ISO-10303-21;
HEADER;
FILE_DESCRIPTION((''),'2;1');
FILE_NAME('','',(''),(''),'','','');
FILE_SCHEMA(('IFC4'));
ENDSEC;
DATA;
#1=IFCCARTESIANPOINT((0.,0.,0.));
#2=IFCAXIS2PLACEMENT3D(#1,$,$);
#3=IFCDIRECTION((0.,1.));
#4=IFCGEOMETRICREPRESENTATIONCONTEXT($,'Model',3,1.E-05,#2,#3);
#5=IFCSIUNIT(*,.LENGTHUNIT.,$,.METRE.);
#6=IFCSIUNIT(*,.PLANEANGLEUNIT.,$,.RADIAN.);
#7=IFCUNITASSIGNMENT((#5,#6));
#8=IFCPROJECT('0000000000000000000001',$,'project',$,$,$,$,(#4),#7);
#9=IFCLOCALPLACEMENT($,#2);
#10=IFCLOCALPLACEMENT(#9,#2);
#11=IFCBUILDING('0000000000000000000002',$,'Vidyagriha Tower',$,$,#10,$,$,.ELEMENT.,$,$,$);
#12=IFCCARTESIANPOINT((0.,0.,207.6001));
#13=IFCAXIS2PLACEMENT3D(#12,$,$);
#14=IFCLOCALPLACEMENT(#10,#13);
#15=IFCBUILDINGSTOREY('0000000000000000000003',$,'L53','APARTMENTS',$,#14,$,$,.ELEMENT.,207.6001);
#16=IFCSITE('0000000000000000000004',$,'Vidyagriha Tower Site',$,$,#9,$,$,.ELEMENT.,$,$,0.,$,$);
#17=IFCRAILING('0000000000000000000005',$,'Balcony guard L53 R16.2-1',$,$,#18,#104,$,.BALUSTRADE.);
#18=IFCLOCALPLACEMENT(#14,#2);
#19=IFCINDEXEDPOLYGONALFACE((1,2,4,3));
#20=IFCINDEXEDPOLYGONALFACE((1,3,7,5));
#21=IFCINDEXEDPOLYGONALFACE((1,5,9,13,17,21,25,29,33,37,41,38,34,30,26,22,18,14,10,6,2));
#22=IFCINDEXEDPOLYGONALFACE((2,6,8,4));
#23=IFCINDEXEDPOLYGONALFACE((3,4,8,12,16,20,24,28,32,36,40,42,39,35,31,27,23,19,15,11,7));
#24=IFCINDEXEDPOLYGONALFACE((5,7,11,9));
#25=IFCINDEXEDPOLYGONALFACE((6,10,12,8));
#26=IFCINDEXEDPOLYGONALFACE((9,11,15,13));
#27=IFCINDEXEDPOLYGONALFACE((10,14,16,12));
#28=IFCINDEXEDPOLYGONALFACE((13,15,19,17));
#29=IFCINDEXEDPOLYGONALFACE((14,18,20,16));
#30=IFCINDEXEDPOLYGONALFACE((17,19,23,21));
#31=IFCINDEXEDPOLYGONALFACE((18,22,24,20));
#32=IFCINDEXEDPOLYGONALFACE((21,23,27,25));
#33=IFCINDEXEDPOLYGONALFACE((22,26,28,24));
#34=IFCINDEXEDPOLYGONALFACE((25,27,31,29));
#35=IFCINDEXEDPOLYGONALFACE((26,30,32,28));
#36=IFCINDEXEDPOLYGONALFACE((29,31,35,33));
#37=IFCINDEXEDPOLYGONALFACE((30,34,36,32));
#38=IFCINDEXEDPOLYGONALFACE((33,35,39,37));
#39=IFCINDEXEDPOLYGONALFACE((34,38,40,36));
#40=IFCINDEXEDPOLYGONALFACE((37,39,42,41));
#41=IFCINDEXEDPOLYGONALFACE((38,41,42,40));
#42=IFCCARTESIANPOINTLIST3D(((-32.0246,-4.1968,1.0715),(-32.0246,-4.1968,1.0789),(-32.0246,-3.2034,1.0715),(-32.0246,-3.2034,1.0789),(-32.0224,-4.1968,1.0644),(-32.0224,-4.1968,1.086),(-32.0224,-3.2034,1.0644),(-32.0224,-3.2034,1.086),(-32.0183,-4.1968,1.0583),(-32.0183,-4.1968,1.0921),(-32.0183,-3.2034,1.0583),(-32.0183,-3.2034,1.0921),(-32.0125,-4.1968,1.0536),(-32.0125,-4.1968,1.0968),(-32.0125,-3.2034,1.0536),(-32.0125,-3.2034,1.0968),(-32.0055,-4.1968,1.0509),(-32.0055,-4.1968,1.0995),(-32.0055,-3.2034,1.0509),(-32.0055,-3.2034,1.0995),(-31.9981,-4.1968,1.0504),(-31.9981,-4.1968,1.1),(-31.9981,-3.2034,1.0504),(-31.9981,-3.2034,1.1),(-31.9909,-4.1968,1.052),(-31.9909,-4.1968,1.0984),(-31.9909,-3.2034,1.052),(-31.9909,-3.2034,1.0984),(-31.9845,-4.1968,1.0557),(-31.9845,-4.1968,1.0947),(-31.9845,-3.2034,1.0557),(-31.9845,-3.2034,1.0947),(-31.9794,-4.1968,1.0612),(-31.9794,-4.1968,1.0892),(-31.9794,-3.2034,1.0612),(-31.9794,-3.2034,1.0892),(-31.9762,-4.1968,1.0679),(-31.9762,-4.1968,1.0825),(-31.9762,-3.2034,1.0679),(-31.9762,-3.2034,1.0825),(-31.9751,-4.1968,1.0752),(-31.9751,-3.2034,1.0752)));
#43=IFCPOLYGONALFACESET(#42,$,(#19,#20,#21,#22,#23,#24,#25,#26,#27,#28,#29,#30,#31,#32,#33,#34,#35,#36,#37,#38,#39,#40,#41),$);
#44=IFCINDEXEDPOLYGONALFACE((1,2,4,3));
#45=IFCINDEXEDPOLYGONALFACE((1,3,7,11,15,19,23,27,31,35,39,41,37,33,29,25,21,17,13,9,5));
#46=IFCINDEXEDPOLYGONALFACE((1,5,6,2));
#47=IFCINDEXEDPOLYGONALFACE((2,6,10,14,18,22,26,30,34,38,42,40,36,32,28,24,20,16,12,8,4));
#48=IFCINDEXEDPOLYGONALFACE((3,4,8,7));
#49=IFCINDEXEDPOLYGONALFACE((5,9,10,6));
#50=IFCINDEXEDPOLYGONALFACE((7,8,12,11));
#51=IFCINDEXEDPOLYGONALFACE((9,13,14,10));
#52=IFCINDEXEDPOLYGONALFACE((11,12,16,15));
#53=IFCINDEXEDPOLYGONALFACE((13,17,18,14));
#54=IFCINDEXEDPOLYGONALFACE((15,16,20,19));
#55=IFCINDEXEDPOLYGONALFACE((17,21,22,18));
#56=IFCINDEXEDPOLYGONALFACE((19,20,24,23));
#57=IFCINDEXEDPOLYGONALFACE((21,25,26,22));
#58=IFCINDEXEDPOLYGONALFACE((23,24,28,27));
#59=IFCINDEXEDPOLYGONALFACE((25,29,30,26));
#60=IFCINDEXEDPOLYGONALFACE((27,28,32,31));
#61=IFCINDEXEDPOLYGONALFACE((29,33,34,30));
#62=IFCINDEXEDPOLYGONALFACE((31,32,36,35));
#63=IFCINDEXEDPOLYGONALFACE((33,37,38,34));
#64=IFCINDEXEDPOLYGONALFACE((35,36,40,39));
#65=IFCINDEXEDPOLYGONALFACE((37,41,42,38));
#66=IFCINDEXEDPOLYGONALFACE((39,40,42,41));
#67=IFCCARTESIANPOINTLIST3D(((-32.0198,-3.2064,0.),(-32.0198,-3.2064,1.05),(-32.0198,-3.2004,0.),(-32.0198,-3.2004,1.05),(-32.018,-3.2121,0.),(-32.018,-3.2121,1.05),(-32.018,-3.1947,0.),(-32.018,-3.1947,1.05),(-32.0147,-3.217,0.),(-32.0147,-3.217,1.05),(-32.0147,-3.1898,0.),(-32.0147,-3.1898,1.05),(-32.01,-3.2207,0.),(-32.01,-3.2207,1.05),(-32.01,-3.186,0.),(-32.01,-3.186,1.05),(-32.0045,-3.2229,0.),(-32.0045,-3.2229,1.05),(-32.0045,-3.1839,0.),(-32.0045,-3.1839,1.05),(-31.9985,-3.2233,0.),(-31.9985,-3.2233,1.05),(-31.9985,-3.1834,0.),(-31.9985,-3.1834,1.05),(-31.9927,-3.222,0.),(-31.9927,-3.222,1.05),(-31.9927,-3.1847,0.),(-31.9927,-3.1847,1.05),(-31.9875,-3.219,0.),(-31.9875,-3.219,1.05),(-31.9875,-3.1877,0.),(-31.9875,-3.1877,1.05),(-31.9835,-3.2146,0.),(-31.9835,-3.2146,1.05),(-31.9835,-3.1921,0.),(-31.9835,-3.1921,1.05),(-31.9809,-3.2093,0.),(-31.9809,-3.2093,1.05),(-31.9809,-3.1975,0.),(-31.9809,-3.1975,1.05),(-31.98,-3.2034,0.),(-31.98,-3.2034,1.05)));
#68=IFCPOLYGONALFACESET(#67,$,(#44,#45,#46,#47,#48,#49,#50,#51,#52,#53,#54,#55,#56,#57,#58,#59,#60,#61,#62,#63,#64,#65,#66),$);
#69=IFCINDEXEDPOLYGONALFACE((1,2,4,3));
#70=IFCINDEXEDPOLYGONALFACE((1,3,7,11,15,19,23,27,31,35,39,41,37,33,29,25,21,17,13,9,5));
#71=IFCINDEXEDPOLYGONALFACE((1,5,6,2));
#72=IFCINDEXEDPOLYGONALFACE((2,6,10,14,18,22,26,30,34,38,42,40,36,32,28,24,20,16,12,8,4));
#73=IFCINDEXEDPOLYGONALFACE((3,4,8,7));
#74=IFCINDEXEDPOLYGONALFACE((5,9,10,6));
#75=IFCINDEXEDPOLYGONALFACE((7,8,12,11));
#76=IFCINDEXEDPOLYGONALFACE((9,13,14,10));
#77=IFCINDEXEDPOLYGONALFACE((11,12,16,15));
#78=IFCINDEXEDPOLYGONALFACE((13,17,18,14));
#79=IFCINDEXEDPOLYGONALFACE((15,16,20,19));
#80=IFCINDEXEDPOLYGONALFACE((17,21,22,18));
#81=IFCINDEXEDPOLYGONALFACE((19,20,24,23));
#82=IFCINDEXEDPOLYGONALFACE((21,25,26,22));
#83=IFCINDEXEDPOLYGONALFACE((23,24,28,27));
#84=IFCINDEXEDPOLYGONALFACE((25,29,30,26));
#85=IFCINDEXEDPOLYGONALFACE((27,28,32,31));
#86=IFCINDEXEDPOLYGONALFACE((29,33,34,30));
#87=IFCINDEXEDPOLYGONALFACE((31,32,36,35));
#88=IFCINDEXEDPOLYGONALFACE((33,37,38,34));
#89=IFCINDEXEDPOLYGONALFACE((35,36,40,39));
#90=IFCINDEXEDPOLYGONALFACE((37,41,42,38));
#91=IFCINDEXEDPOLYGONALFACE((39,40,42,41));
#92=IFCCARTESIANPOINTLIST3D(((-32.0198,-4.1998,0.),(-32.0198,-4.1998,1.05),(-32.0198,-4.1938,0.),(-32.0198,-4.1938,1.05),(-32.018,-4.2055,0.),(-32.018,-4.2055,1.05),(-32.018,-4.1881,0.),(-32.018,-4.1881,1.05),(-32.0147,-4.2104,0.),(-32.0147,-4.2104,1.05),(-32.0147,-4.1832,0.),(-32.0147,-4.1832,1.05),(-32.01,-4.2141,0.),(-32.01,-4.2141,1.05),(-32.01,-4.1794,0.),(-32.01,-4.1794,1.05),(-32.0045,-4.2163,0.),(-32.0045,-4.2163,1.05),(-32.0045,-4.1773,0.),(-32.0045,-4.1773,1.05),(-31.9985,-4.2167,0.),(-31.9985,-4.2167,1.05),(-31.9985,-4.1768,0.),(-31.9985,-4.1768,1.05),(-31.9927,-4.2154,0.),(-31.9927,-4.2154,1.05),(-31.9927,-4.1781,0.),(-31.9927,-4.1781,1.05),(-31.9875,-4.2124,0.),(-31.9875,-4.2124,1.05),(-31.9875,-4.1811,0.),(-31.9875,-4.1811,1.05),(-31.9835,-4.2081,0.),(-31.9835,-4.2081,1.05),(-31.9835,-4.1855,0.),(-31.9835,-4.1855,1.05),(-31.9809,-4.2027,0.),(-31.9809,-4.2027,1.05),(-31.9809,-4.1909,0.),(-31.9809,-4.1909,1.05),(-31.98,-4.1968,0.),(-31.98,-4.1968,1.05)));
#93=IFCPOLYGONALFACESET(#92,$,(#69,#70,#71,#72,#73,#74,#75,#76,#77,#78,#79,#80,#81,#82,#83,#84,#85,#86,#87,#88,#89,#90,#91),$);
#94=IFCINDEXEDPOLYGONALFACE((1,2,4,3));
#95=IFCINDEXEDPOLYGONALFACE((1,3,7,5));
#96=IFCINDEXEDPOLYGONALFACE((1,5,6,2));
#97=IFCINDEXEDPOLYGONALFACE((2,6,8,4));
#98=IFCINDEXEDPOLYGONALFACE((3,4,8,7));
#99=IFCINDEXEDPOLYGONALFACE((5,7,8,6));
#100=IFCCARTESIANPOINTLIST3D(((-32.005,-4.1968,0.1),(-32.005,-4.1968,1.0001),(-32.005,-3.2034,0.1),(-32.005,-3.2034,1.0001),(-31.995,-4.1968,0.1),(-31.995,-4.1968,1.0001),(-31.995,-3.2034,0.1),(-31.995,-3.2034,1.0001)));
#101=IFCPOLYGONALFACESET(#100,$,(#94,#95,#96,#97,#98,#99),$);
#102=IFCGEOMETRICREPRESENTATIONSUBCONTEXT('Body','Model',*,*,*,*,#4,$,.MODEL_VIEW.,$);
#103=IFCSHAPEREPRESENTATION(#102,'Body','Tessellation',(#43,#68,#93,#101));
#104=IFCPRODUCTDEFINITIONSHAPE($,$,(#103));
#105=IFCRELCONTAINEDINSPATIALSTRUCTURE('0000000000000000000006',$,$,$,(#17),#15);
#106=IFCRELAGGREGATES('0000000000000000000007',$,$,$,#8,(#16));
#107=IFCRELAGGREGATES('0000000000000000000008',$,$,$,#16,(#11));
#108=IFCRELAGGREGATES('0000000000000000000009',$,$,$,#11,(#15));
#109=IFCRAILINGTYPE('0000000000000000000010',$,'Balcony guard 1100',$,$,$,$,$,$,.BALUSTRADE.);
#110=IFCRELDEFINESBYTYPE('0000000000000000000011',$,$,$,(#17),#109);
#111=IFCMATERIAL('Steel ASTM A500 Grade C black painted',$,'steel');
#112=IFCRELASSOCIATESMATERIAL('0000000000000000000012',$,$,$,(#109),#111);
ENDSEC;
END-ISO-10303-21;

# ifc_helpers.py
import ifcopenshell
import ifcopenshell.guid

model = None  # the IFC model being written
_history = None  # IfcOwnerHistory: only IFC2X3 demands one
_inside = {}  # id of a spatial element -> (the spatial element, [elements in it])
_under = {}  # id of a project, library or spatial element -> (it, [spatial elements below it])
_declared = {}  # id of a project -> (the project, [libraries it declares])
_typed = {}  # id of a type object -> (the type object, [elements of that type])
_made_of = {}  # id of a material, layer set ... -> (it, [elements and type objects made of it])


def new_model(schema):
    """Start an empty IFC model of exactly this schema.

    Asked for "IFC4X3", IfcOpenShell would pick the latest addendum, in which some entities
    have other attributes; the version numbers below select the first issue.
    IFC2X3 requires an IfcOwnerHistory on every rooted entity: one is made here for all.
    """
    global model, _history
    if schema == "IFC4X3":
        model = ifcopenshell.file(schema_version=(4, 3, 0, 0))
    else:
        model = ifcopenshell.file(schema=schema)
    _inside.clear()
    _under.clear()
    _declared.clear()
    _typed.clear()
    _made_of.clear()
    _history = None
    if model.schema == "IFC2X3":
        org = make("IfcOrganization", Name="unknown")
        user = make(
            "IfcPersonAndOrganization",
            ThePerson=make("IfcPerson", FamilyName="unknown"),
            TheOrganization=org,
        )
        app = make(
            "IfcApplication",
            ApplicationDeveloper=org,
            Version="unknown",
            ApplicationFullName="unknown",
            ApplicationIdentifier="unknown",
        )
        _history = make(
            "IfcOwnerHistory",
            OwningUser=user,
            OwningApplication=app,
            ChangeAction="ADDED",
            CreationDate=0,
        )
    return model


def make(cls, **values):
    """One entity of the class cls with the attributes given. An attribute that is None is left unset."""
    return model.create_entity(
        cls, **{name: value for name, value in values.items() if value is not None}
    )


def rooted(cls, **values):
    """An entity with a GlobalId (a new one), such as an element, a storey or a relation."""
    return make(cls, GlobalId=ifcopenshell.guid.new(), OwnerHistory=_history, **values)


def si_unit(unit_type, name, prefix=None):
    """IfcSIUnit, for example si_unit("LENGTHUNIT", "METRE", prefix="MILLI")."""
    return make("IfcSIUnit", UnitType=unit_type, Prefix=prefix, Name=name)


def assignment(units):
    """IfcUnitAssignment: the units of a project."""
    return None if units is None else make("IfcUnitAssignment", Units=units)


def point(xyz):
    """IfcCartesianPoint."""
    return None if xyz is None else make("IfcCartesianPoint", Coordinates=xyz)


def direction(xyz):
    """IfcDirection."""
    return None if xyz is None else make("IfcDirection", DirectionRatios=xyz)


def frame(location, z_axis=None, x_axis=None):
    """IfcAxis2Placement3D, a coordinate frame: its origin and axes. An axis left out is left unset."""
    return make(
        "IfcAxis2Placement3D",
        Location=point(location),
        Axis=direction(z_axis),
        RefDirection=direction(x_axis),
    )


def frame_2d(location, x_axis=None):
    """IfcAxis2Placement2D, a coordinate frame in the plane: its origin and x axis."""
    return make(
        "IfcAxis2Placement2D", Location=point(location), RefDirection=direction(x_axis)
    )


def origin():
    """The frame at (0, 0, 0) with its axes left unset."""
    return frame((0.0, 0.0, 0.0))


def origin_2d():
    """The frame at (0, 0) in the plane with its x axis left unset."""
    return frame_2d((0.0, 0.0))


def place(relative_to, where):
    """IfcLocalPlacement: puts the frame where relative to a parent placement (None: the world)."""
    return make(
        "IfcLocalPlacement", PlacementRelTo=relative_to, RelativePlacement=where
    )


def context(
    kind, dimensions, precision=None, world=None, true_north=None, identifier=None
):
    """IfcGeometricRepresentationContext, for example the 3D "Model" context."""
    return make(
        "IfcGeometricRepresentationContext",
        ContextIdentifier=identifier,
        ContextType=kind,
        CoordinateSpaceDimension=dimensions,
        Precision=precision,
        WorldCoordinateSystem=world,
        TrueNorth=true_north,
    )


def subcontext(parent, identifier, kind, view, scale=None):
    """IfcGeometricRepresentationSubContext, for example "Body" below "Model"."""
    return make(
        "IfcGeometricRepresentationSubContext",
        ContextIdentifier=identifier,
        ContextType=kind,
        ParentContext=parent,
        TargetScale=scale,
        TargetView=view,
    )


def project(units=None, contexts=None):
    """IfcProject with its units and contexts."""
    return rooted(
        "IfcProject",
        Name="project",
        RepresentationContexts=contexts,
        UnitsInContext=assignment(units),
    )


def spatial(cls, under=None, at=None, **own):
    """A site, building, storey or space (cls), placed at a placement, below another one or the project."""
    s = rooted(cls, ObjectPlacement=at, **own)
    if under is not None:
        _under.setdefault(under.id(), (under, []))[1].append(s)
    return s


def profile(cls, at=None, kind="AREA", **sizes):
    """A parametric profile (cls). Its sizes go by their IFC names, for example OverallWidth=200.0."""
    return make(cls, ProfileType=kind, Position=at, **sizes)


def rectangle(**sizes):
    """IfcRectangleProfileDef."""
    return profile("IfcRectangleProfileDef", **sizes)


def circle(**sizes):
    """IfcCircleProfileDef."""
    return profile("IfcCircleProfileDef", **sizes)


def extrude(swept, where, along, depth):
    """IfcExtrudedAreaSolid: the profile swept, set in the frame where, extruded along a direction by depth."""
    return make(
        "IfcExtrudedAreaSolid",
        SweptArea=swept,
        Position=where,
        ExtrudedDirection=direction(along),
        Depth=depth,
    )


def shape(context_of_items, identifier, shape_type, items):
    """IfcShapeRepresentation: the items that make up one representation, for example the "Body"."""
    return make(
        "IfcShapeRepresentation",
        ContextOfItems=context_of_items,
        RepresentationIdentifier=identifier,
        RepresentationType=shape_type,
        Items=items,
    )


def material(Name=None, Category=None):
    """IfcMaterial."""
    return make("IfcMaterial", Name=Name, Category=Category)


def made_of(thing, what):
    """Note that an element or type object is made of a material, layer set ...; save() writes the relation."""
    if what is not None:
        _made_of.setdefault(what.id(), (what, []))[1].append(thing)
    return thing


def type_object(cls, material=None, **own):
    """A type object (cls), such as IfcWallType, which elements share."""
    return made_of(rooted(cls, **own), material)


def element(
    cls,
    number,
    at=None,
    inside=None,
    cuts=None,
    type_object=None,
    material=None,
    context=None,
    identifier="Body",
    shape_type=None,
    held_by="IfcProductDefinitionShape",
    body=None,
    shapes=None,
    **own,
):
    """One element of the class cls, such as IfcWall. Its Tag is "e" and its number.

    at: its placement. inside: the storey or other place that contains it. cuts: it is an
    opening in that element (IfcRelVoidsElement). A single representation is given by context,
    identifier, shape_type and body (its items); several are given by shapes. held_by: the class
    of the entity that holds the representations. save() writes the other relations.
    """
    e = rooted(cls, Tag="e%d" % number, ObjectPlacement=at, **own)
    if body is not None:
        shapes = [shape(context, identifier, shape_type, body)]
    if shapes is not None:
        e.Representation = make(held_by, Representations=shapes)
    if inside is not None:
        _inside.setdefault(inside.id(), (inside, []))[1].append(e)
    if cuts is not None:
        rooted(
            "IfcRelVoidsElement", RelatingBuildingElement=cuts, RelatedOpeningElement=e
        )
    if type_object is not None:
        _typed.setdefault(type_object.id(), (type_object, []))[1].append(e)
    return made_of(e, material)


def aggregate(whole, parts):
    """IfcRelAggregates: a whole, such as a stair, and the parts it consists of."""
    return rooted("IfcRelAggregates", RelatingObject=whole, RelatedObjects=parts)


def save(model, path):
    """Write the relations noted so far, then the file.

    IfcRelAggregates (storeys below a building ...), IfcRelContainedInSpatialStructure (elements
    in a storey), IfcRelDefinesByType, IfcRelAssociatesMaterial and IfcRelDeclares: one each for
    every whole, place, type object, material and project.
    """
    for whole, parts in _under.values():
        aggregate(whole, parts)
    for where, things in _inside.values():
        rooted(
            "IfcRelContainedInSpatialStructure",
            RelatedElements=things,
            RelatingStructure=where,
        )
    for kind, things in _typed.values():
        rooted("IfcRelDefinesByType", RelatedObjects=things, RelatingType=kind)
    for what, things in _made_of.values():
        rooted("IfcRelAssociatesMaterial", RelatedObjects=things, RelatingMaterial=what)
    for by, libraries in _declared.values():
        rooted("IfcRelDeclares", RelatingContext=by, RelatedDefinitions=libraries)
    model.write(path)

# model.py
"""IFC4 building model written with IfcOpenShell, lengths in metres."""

from ifc_helpers import new_model, si_unit, direction, frame, origin, origin_2d, place, context, subcontext, project, spatial, rectangle, circle, extrude, material, type_object, element, save


model = new_model("IFC4")

# Units and contexts
model_context = context("Model", 3, precision=1e-05, world=origin(), true_north=direction((0.0, 1.0)))
body_context = subcontext(model_context, "Body", "Model", "MODEL_VIEW")
ifc_project = project(units=[si_unit("LENGTHUNIT", "METRE"), si_unit("PLANEANGLEUNIT", "RADIAN")], contexts=[model_context])

# Site, building, storey
site_placement = place(None, origin())
site = spatial("IfcSite", under=ifc_project, at=site_placement, Name="Vidyagriha Tower Site", CompositionType="ELEMENT", RefElevation=0.0)
building_placement = place(site_placement, origin())
building = spatial("IfcBuilding", under=site, at=building_placement, Name="Vidyagriha Tower", CompositionType="ELEMENT")
storey_placement = place(building_placement, frame((0.0, 0.0, 207.6001)))
storey = spatial("IfcBuildingStorey", under=building, at=storey_placement, Name="L53", Description="APARTMENTS", CompositionType="ELEMENT", Elevation=207.6001)

# Railing
ifc_material_1 = material(Name="Steel ASTM A500 Grade C black painted", Category="steel")
railing_type_1 = type_object("IfcRailingType", Name="Balcony guard 1100", PredefinedType="BALUSTRADE", material=ifc_material_1)
railing_1_placement = place(storey_placement, frame((-32.0, -3.2034, 0.0)))
element("IfcRailing", 1, at=railing_1_placement, inside=storey, type_object=railing_type_1, Name="Balcony guard L53 R16.2-1", PredefinedType="BALUSTRADE", context=body_context, shape_type="SweptSolid", body=[
    extrude(circle(Radius=0.0249, at=origin_2d()), frame((0.0, 0.0, 1.0752), z_axis=(0.0, -1.0, 0.0), x_axis=(1.0, 0.0, 0.0)), (0.0, 0.0, 1.0), 0.9934),
    extrude(circle(Radius=0.02, at=origin_2d()), origin(), (0.0, 0.0, 1.0), 1.05),
    extrude(circle(Radius=0.02, at=origin_2d()), frame((0.0, -0.9934, 0.0)), (0.0, 0.0, 1.0), 1.05),
    extrude(rectangle(XDim=0.01, YDim=0.9001, at=origin_2d()), frame((0.0, 0.0, 0.55), z_axis=(0.0, -1.0, 0.0), x_axis=(1.0, 0.0, 0.0)), (0.0, 0.0, 1.0), 0.9934),
])

save(model, "model.ifc")
